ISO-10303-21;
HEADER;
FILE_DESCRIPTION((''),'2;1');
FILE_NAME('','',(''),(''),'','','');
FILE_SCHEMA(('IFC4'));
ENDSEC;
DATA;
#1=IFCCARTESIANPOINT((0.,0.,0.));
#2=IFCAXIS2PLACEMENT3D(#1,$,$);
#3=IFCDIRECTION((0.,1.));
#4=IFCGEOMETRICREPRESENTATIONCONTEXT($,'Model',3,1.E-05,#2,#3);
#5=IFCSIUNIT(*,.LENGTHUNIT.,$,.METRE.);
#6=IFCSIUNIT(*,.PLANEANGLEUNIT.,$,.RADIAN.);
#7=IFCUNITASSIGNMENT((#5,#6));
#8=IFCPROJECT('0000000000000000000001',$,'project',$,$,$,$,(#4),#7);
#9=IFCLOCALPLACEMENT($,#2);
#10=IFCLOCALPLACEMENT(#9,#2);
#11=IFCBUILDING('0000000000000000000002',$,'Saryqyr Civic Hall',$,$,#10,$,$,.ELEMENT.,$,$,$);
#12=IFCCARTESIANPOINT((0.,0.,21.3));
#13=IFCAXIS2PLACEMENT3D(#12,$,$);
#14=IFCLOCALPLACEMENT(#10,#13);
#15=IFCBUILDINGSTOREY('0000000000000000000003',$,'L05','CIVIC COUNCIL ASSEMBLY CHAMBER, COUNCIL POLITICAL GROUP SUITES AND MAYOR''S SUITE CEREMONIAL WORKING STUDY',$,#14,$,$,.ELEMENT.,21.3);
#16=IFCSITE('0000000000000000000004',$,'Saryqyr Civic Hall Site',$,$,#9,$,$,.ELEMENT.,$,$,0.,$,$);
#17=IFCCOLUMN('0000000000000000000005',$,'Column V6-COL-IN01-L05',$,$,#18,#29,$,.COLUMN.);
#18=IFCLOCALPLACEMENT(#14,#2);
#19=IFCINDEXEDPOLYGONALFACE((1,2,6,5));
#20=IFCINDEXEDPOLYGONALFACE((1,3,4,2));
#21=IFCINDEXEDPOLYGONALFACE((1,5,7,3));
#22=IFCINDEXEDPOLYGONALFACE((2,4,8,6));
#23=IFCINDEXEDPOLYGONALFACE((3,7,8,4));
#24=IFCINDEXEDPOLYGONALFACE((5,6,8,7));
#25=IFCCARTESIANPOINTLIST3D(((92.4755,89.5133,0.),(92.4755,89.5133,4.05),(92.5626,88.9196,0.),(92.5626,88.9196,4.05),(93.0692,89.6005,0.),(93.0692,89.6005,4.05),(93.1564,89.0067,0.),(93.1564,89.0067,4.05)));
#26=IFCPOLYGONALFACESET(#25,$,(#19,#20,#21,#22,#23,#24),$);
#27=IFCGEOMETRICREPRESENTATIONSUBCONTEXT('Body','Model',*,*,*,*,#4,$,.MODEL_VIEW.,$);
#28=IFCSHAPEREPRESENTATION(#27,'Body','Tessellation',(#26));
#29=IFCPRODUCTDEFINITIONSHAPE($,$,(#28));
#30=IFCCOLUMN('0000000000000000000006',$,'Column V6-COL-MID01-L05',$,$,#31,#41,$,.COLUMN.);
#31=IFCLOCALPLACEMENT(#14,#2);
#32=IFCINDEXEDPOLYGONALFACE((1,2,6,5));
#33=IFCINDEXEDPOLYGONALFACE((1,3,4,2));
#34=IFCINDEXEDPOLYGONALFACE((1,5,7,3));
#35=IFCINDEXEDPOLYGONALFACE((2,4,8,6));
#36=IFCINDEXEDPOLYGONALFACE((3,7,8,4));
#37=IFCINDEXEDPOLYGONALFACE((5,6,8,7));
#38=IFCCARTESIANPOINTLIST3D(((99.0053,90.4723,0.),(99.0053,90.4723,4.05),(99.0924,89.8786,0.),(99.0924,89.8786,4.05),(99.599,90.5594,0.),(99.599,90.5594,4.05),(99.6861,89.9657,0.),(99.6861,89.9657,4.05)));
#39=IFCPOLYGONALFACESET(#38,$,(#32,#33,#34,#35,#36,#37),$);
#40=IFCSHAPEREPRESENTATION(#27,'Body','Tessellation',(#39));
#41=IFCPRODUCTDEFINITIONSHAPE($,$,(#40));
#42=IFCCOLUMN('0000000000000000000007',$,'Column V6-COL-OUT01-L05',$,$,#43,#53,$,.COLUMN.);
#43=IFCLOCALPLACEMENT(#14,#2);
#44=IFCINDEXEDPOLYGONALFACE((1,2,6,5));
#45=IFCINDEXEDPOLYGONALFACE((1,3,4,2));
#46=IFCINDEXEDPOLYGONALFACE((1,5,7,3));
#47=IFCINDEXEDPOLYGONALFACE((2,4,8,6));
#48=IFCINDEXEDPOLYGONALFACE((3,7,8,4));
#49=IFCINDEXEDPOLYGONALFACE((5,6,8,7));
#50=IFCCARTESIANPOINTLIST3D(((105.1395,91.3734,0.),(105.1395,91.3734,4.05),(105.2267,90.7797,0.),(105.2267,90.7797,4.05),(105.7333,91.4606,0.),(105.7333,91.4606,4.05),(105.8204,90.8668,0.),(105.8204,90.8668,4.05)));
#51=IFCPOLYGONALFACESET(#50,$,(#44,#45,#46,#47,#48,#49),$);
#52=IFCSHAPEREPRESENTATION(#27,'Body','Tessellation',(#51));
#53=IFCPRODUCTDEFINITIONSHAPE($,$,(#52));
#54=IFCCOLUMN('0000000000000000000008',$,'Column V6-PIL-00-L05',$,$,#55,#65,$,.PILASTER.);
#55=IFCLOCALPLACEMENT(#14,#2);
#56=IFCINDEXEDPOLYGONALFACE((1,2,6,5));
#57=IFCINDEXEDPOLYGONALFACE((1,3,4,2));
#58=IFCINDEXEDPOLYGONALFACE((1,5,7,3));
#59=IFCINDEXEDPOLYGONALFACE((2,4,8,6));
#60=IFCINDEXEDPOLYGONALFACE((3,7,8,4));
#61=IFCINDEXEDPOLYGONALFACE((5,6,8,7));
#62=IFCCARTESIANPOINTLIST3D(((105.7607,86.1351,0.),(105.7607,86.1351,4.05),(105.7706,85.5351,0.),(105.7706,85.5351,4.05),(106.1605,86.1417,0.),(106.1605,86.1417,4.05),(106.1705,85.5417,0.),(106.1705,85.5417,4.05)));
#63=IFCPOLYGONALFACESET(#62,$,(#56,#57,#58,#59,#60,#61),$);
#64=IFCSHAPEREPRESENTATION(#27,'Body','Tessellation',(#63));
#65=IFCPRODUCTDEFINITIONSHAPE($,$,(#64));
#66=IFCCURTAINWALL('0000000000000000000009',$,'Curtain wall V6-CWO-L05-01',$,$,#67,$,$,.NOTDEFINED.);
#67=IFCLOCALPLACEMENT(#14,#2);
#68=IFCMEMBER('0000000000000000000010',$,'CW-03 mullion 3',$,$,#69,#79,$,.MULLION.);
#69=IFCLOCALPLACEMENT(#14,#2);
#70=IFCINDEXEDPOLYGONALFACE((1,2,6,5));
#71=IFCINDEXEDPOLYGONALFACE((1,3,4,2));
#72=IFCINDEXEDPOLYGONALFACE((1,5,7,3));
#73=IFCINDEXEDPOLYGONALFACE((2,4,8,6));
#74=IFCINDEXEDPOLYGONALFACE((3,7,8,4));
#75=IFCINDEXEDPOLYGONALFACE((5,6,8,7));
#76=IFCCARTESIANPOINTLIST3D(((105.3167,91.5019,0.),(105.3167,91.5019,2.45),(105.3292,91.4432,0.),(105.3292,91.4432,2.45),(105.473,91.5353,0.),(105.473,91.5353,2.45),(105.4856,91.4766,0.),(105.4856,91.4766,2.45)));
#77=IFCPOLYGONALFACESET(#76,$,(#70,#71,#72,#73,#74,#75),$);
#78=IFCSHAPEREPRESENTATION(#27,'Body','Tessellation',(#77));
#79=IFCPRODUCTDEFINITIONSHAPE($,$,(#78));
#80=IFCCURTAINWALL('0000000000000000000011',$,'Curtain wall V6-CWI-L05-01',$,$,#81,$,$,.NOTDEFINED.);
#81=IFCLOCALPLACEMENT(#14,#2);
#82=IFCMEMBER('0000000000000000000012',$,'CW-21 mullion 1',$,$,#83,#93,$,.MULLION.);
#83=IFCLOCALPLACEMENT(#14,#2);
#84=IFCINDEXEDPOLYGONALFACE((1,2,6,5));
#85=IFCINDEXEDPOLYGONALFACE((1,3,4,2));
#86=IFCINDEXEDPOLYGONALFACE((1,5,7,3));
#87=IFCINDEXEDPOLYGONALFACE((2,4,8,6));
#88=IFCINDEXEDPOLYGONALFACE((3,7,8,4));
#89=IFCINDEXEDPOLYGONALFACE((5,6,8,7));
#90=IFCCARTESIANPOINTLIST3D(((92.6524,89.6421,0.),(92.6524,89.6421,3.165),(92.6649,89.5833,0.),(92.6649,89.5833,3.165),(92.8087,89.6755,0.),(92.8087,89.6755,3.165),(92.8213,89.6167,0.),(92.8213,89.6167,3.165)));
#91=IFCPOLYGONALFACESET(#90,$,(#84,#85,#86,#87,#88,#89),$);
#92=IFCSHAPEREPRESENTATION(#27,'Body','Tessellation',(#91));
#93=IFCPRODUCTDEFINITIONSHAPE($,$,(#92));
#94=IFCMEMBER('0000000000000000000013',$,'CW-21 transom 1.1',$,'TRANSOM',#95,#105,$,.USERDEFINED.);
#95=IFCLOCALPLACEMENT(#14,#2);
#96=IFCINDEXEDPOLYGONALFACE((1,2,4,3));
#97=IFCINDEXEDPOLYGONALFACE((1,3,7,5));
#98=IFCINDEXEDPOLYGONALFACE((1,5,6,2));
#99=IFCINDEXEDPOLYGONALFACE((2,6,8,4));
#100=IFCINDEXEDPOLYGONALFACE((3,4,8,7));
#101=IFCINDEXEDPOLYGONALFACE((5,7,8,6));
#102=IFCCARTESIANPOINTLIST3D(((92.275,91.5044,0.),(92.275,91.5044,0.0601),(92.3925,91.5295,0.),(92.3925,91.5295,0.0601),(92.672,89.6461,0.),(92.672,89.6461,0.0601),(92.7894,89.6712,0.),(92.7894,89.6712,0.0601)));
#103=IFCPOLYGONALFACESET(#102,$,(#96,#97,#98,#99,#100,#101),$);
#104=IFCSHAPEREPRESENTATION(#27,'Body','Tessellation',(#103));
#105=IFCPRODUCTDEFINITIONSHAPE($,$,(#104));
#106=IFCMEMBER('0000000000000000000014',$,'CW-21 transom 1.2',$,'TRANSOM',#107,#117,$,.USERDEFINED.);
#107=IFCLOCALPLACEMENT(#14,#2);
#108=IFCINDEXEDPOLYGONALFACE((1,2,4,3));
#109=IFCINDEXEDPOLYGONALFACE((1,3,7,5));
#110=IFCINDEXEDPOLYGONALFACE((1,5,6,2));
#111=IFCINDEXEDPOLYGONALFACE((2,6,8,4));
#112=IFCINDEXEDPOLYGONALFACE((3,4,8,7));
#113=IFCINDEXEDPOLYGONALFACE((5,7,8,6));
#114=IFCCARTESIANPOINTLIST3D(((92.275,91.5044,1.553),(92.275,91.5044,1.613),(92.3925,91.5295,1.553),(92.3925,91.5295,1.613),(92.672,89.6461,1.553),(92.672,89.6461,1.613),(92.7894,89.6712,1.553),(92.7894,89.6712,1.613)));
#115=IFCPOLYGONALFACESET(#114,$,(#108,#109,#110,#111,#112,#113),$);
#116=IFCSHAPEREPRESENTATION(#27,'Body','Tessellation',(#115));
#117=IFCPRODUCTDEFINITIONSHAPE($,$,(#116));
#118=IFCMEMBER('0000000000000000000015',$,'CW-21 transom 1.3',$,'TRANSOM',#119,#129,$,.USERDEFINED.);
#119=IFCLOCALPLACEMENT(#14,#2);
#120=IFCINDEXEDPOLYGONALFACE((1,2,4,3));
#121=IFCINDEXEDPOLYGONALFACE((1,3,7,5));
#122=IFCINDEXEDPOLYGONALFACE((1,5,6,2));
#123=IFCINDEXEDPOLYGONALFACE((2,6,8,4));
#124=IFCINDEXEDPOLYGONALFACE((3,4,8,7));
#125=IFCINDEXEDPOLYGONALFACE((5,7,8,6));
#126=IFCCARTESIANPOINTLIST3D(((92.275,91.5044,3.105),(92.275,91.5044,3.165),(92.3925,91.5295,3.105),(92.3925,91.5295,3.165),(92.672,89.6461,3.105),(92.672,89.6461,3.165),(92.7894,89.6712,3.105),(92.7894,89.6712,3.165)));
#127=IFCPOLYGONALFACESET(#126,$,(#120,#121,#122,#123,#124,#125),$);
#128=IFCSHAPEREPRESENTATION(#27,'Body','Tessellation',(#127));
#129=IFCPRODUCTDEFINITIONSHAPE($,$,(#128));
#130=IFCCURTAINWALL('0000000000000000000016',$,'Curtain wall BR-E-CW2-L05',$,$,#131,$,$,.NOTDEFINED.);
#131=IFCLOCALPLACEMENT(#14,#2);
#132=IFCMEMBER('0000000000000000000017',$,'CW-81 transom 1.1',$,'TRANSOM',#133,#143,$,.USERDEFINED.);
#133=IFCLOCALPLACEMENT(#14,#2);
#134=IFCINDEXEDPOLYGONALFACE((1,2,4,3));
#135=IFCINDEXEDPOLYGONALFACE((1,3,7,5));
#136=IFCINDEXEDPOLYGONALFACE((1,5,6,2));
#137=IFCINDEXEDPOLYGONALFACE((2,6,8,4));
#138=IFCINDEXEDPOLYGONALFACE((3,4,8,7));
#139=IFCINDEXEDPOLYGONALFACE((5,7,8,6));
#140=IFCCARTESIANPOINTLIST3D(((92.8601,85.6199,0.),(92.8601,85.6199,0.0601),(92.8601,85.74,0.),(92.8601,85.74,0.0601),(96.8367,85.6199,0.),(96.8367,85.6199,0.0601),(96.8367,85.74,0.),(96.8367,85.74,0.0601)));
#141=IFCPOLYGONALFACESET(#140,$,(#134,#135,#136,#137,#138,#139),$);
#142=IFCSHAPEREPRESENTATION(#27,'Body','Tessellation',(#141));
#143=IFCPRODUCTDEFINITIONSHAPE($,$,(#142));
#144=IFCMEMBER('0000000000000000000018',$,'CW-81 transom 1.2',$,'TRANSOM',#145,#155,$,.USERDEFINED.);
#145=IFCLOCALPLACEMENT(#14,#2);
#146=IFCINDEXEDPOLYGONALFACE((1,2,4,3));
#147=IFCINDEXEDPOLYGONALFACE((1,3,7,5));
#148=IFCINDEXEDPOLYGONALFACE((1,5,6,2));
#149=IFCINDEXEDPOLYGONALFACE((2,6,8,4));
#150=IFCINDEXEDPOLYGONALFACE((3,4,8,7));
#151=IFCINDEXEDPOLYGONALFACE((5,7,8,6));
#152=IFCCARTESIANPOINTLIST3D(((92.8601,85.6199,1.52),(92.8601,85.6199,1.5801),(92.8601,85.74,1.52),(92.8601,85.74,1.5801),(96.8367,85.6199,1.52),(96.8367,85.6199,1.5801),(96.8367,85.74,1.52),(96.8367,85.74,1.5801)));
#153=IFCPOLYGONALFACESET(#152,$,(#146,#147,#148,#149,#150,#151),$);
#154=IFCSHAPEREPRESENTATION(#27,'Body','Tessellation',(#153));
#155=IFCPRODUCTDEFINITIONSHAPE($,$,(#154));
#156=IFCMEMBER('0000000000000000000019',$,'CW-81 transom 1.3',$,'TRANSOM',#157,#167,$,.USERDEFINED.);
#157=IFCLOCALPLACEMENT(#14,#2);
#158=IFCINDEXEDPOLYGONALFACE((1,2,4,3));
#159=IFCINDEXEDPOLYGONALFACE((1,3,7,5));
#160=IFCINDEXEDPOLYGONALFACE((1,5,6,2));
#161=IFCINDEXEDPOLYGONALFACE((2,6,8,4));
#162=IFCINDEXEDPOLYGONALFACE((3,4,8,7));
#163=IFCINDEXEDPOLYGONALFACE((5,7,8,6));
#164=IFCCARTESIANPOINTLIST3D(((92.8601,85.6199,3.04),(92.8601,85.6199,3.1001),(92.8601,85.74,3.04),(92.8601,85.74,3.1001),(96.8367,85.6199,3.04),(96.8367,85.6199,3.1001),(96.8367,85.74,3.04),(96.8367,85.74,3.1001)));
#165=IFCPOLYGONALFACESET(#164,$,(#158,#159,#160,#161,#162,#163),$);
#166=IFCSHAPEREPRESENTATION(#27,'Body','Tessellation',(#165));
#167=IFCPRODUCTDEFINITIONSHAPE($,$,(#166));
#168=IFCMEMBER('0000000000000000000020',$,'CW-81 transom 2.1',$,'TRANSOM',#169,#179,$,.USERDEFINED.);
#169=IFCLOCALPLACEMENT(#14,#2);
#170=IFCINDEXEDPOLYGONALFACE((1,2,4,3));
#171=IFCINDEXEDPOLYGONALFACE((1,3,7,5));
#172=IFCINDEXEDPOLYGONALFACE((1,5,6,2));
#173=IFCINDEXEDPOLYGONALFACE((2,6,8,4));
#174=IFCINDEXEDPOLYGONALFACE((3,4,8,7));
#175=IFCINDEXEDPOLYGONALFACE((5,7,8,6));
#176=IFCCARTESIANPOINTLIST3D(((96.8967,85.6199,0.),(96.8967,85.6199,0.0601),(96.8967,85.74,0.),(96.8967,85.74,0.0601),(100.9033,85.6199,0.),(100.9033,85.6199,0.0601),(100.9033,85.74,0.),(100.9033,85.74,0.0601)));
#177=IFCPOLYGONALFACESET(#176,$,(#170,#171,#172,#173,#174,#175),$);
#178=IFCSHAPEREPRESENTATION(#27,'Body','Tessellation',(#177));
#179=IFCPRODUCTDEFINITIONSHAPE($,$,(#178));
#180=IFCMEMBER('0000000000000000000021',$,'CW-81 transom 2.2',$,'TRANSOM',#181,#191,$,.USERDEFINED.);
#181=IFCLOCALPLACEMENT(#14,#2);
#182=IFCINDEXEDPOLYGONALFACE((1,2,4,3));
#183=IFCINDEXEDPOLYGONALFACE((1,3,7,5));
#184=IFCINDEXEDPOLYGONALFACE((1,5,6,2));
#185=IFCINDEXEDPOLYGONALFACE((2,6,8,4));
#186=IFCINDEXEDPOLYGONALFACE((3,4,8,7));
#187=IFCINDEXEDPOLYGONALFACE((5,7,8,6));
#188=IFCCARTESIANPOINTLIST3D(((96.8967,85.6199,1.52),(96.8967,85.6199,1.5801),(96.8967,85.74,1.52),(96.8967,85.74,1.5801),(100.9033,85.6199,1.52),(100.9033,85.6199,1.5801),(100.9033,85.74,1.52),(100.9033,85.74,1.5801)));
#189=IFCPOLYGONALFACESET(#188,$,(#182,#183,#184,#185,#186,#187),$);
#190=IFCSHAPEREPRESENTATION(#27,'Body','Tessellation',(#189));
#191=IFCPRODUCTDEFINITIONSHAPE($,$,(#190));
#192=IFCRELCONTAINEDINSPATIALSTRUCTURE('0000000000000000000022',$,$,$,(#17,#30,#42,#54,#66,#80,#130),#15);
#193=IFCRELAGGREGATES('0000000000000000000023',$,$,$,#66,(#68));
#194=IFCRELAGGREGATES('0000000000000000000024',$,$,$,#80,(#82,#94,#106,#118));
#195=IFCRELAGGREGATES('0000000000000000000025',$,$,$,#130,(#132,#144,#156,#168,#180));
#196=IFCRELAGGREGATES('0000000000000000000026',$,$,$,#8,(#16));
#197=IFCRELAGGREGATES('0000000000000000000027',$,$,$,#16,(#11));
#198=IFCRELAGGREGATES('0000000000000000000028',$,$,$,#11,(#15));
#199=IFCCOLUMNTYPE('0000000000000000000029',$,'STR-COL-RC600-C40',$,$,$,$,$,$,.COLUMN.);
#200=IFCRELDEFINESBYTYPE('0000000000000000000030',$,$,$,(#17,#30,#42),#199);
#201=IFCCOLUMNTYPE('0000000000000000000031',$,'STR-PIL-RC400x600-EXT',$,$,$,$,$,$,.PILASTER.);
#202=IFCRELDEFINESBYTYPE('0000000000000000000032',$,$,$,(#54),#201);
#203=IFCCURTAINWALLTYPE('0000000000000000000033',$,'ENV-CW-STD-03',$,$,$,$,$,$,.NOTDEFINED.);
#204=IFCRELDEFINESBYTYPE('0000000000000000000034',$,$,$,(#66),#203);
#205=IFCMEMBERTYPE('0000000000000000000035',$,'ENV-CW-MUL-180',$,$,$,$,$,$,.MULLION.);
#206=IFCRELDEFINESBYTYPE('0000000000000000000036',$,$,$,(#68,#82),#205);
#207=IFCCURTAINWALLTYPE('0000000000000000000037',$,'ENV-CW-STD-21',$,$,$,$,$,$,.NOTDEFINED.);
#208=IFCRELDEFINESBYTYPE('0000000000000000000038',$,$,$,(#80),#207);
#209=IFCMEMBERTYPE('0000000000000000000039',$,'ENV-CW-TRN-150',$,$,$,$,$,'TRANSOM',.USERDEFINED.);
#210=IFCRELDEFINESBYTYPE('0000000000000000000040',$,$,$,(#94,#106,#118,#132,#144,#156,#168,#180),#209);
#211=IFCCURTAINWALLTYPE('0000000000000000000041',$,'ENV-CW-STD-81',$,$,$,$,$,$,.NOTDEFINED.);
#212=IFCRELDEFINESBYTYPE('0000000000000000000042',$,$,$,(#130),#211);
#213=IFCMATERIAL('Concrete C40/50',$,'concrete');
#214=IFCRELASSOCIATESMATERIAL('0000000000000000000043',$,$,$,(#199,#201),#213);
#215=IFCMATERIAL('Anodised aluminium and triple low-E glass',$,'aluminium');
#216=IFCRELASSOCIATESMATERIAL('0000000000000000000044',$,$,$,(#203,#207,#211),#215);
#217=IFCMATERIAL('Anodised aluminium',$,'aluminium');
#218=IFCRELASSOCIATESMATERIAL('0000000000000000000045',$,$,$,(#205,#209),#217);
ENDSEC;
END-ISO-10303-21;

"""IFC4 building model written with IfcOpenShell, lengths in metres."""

from ifc_helpers import new_model, si_unit, direction, frame, origin, origin_2d, place, context, subcontext, project, spatial, rectangle, extrude, material, material_profile, profile_set, type_object, element, aggregate, save


model = new_model("IFC4")

# Units and contexts
model_context = context("Model", 3, precision=1e-05, world=origin(), true_north=direction((0.0, 1.0)))
body_context = subcontext(model_context, "Body", "Model", "MODEL_VIEW")
ifc_project = project(units=[si_unit("LENGTHUNIT", "METRE"), si_unit("PLANEANGLEUNIT", "RADIAN")], contexts=[model_context])

# Site, building, storey
site_placement = place(None, origin())
site = spatial("IfcSite", under=ifc_project, at=site_placement, Name="Saryqyr Civic Hall Site", CompositionType="ELEMENT", RefElevation=0.0)
building_placement = place(site_placement, origin())
building = spatial("IfcBuilding", under=site, at=building_placement, Name="Saryqyr Civic Hall", CompositionType="ELEMENT")
storey_placement = place(building_placement, frame((0.0, 0.0, 21.3)))
storey = spatial("IfcBuildingStorey", under=building, at=storey_placement, Name="L05", Description="CIVIC COUNCIL ASSEMBLY CHAMBER, COUNCIL POLITICAL GROUP SUITES AND MAYOR'S SUITE CEREMONIAL WORKING STUDY", CompositionType="ELEMENT", Elevation=21.3)

# Columns
ifc_material_1 = material(Name="Concrete C40/50", Category="concrete")
ifc_material_profile_1 = material_profile(ifc_material_1, rectangle(XDim=0.6001, YDim=0.6001, at=origin_2d()), Name="RC 600x600")
ifc_profile_set_1 = profile_set([ifc_material_profile_1], Name="Concrete C40/50")
column_type_1 = type_object("IfcColumnType", Name="STR-COL-RC600-C40", PredefinedType="COLUMN", material=ifc_profile_set_1)
for number, where, z_axis, x_axis, name in (
    (1, (92.8159, 89.26, 0.0), (0.0, 0.0, 1.0), (0.989399, 0.14522, 0.0), "Column V6-COL-IN01-L05"),
    (2, (99.3457, 90.219, 0.0), (0.0, 0.0, 1.0), (0.989399, 0.14522, 0.0), "Column V6-COL-MID01-L05"),
    (3, (105.48, 91.1201, 0.0), (0.0, 0.0, 1.0), (0.989399, 0.14522, 0.0), "Column V6-COL-OUT01-L05"),
):
    element("IfcColumn", number, at=place(storey_placement, frame(where, z_axis=z_axis, x_axis=x_axis)), inside=storey, type_object=column_type_1, Name=name, PredefinedType="COLUMN", context=body_context, shape_type="SweptSolid", body=[
        extrude(rectangle(XDim=0.6001, YDim=0.6001, at=origin_2d()), origin(), (0.0, 0.0, 1.0), 4.05),
    ])
ifc_material_profile_2 = material_profile(ifc_material_1, rectangle(XDim=0.3999, YDim=0.6001, at=origin_2d()), Name="RC 400x600")
ifc_profile_set_2 = profile_set([ifc_material_profile_2], Name="Concrete C40/50")
column_type_2 = type_object("IfcColumnType", Name="STR-PIL-RC400x600-EXT", PredefinedType="PILASTER", material=ifc_profile_set_2)
column_placement = place(storey_placement, frame((105.9656, 85.8384, 0.0), z_axis=(0.0, 0.0, 1.0), x_axis=(0.999863, 0.01658, 0.0)))
element("IfcColumn", 4, at=column_placement, inside=storey, type_object=column_type_2, Name="Column V6-PIL-00-L05", PredefinedType="PILASTER", context=body_context, shape_type="SweptSolid", body=[
    extrude(rectangle(XDim=0.3999, YDim=0.6001, at=origin_2d()), origin(), (0.0, 0.0, 1.0), 4.05),
])

# Curtain wall, member
ifc_material_2 = material(Name="Anodised aluminium and triple low-E glass", Category="aluminium")
curtain_wall_type_1 = type_object("IfcCurtainWallType", Name="ENV-CW-STD-03", PredefinedType="NOTDEFINED", material=ifc_material_2)
curtain_wall_1_placement = place(storey_placement, origin())
curtain_wall_1 = element("IfcCurtainWall", 5, at=curtain_wall_1_placement, inside=storey, type_object=curtain_wall_type_1, Name="Curtain wall V6-CWO-L05-01", PredefinedType="NOTDEFINED")
ifc_material_3 = material(Name="Anodised aluminium", Category="aluminium")
ifc_material_profile_3 = material_profile(ifc_material_3, rectangle(XDim=0.0601, YDim=0.1599, at=origin_2d()), Name="ALU MULLION 60x160")
ifc_profile_set_3 = profile_set([ifc_material_profile_3], Name="Anodised aluminium")
member_type_1 = type_object("IfcMemberType", Name="ENV-CW-MUL-180", PredefinedType="MULLION", material=ifc_profile_set_3)
member_1_placement = place(storey_placement, frame((105.4011, 91.4893, 0.0), z_axis=(0.0, 0.0, 1.0), x_axis=(0.208908, -0.977935, 0.0)))
member_1 = element("IfcMember", 6, at=member_1_placement, type_object=member_type_1, Name="CW-03 mullion 3", PredefinedType="MULLION", context=body_context, shape_type="SweptSolid", body=[
    extrude(rectangle(XDim=0.0601, YDim=0.1599, at=origin_2d()), origin(), (0.0, 0.0, 1.0), 2.45),
])
aggregate(curtain_wall_1, [member_1])

# Curtain walls, members
curtain_wall_type_2 = type_object("IfcCurtainWallType", Name="ENV-CW-STD-21", PredefinedType="NOTDEFINED", material=ifc_material_2)
curtain_wall_2_placement = place(storey_placement, origin())
curtain_wall_2 = element("IfcCurtainWall", 7, at=curtain_wall_2_placement, inside=storey, type_object=curtain_wall_type_2, Name="Curtain wall V6-CWI-L05-01", PredefinedType="NOTDEFINED")
member_2_placement = place(storey_placement, frame((92.7368, 89.6294, 0.0), z_axis=(0.0, 0.0, 1.0), x_axis=(-0.208899, 0.977937, 0.0)))
member_2 = element("IfcMember", 8, at=member_2_placement, type_object=member_type_1, Name="CW-21 mullion 1", PredefinedType="MULLION", context=body_context, shape_type="SweptSolid", body=[
    extrude(rectangle(XDim=0.0601, YDim=0.1599, at=origin_2d()), origin(), (0.0, 0.0, 1.0), 3.165),
])
ifc_material_profile_4 = material_profile(ifc_material_3, rectangle(XDim=0.1201, YDim=0.0601, at=origin_2d()), Name="ALU TRANSOM 120x60")
ifc_profile_set_4 = profile_set([ifc_material_profile_4], Name="Anodised aluminium")
member_type_2 = type_object("IfcMemberType", Name="ENV-CW-TRN-150", ElementType="TRANSOM", PredefinedType="USERDEFINED", material=ifc_profile_set_4)
member_3_placement = place(storey_placement, frame((92.7307, 89.6587, 0.03), z_axis=(-0.208924, 0.977932, 0.0), x_axis=(-0.977932, -0.208924, 0.0)))
member_3 = element("IfcMember", 9, at=member_3_placement, type_object=member_type_2, Name="CW-21 transom 1.1", ObjectType="TRANSOM", PredefinedType="USERDEFINED", context=body_context, shape_type="SweptSolid", body=[
    extrude(rectangle(XDim=0.1201, YDim=0.0601, at=origin_2d()), origin(), (0.0, 0.0, 1.0), 1.9001),
])
member_4_placement = place(storey_placement, frame((92.7307, 89.6587, 1.583), z_axis=(-0.208924, 0.977932, 0.0), x_axis=(-0.977932, -0.208924, 0.0)))
member_4 = element("IfcMember", 10, at=member_4_placement, type_object=member_type_2, Name="CW-21 transom 1.2", ObjectType="TRANSOM", PredefinedType="USERDEFINED", context=body_context, shape_type="SweptSolid", body=[
    extrude(rectangle(XDim=0.1201, YDim=0.0601, at=origin_2d()), origin(), (0.0, 0.0, 1.0), 1.9001),
])
member_5_placement = place(storey_placement, frame((92.7307, 89.6587, 3.135), z_axis=(-0.208924, 0.977932, 0.0), x_axis=(-0.977932, -0.208924, 0.0)))
member_5 = element("IfcMember", 11, at=member_5_placement, type_object=member_type_2, Name="CW-21 transom 1.3", ObjectType="TRANSOM", PredefinedType="USERDEFINED", context=body_context, shape_type="SweptSolid", body=[
    extrude(rectangle(XDim=0.1201, YDim=0.0601, at=origin_2d()), origin(), (0.0, 0.0, 1.0), 1.9001),
])
curtain_wall_type_3 = type_object("IfcCurtainWallType", Name="ENV-CW-STD-81", PredefinedType="NOTDEFINED", material=ifc_material_2)
curtain_wall_3_placement = place(storey_placement, origin())
curtain_wall_3 = element("IfcCurtainWall", 12, at=curtain_wall_3_placement, inside=storey, type_object=curtain_wall_type_3, Name="Curtain wall BR-E-CW2-L05", PredefinedType="NOTDEFINED")
member_6_placement = place(storey_placement, frame((92.8601, 85.6799, 0.03), z_axis=(1.0, 0.0, 0.0), x_axis=(0.0, 1.0, 0.0)))
member_6 = element("IfcMember", 13, at=member_6_placement, type_object=member_type_2, Name="CW-81 transom 1.1", ObjectType="TRANSOM", PredefinedType="USERDEFINED", context=body_context, shape_type="SweptSolid", body=[
    extrude(rectangle(XDim=0.1201, YDim=0.0601, at=origin_2d()), origin(), (0.0, 0.0, 1.0), 3.9766),
])
member_7_placement = place(storey_placement, frame((92.8601, 85.6799, 1.55), z_axis=(1.0, 0.0, 0.0), x_axis=(0.0, 1.0, 0.0)))
member_7 = element("IfcMember", 14, at=member_7_placement, type_object=member_type_2, Name="CW-81 transom 1.2", ObjectType="TRANSOM", PredefinedType="USERDEFINED", context=body_context, shape_type="SweptSolid", body=[
    extrude(rectangle(XDim=0.1201, YDim=0.0601, at=origin_2d()), origin(), (0.0, 0.0, 1.0), 3.9766),
])
member_8_placement = place(storey_placement, frame((92.8601, 85.6799, 3.0701), z_axis=(1.0, 0.0, 0.0), x_axis=(0.0, 1.0, 0.0)))
member_8 = element("IfcMember", 15, at=member_8_placement, type_object=member_type_2, Name="CW-81 transom 1.3", ObjectType="TRANSOM", PredefinedType="USERDEFINED", context=body_context, shape_type="SweptSolid", body=[
    extrude(rectangle(XDim=0.1201, YDim=0.0601, at=origin_2d()), origin(), (0.0, 0.0, 1.0), 3.9766),
])
member_9_placement = place(storey_placement, frame((96.8967, 85.6799, 0.03), z_axis=(1.0, 0.0, 0.0), x_axis=(0.0, 1.0, 0.0)))
member_9 = element("IfcMember", 16, at=member_9_placement, type_object=member_type_2, Name="CW-81 transom 2.1", ObjectType="TRANSOM", PredefinedType="USERDEFINED", context=body_context, shape_type="SweptSolid", body=[
    extrude(rectangle(XDim=0.1201, YDim=0.0601, at=origin_2d()), origin(), (0.0, 0.0, 1.0), 4.0066),
])
member_10_placement = place(storey_placement, frame((96.8967, 85.6799, 1.55), z_axis=(1.0, 0.0, 0.0), x_axis=(0.0, 1.0, 0.0)))
member_10 = element("IfcMember", 17, at=member_10_placement, type_object=member_type_2, Name="CW-81 transom 2.2", ObjectType="TRANSOM", PredefinedType="USERDEFINED", context=body_context, shape_type="SweptSolid", body=[
    extrude(rectangle(XDim=0.1201, YDim=0.0601, at=origin_2d()), origin(), (0.0, 0.0, 1.0), 4.0066),
])

aggregate(curtain_wall_2, [member_2, member_3, member_4, member_5])
aggregate(curtain_wall_3, [member_6, member_7, member_8, member_9, member_10])

save(model, "model.ifc")
